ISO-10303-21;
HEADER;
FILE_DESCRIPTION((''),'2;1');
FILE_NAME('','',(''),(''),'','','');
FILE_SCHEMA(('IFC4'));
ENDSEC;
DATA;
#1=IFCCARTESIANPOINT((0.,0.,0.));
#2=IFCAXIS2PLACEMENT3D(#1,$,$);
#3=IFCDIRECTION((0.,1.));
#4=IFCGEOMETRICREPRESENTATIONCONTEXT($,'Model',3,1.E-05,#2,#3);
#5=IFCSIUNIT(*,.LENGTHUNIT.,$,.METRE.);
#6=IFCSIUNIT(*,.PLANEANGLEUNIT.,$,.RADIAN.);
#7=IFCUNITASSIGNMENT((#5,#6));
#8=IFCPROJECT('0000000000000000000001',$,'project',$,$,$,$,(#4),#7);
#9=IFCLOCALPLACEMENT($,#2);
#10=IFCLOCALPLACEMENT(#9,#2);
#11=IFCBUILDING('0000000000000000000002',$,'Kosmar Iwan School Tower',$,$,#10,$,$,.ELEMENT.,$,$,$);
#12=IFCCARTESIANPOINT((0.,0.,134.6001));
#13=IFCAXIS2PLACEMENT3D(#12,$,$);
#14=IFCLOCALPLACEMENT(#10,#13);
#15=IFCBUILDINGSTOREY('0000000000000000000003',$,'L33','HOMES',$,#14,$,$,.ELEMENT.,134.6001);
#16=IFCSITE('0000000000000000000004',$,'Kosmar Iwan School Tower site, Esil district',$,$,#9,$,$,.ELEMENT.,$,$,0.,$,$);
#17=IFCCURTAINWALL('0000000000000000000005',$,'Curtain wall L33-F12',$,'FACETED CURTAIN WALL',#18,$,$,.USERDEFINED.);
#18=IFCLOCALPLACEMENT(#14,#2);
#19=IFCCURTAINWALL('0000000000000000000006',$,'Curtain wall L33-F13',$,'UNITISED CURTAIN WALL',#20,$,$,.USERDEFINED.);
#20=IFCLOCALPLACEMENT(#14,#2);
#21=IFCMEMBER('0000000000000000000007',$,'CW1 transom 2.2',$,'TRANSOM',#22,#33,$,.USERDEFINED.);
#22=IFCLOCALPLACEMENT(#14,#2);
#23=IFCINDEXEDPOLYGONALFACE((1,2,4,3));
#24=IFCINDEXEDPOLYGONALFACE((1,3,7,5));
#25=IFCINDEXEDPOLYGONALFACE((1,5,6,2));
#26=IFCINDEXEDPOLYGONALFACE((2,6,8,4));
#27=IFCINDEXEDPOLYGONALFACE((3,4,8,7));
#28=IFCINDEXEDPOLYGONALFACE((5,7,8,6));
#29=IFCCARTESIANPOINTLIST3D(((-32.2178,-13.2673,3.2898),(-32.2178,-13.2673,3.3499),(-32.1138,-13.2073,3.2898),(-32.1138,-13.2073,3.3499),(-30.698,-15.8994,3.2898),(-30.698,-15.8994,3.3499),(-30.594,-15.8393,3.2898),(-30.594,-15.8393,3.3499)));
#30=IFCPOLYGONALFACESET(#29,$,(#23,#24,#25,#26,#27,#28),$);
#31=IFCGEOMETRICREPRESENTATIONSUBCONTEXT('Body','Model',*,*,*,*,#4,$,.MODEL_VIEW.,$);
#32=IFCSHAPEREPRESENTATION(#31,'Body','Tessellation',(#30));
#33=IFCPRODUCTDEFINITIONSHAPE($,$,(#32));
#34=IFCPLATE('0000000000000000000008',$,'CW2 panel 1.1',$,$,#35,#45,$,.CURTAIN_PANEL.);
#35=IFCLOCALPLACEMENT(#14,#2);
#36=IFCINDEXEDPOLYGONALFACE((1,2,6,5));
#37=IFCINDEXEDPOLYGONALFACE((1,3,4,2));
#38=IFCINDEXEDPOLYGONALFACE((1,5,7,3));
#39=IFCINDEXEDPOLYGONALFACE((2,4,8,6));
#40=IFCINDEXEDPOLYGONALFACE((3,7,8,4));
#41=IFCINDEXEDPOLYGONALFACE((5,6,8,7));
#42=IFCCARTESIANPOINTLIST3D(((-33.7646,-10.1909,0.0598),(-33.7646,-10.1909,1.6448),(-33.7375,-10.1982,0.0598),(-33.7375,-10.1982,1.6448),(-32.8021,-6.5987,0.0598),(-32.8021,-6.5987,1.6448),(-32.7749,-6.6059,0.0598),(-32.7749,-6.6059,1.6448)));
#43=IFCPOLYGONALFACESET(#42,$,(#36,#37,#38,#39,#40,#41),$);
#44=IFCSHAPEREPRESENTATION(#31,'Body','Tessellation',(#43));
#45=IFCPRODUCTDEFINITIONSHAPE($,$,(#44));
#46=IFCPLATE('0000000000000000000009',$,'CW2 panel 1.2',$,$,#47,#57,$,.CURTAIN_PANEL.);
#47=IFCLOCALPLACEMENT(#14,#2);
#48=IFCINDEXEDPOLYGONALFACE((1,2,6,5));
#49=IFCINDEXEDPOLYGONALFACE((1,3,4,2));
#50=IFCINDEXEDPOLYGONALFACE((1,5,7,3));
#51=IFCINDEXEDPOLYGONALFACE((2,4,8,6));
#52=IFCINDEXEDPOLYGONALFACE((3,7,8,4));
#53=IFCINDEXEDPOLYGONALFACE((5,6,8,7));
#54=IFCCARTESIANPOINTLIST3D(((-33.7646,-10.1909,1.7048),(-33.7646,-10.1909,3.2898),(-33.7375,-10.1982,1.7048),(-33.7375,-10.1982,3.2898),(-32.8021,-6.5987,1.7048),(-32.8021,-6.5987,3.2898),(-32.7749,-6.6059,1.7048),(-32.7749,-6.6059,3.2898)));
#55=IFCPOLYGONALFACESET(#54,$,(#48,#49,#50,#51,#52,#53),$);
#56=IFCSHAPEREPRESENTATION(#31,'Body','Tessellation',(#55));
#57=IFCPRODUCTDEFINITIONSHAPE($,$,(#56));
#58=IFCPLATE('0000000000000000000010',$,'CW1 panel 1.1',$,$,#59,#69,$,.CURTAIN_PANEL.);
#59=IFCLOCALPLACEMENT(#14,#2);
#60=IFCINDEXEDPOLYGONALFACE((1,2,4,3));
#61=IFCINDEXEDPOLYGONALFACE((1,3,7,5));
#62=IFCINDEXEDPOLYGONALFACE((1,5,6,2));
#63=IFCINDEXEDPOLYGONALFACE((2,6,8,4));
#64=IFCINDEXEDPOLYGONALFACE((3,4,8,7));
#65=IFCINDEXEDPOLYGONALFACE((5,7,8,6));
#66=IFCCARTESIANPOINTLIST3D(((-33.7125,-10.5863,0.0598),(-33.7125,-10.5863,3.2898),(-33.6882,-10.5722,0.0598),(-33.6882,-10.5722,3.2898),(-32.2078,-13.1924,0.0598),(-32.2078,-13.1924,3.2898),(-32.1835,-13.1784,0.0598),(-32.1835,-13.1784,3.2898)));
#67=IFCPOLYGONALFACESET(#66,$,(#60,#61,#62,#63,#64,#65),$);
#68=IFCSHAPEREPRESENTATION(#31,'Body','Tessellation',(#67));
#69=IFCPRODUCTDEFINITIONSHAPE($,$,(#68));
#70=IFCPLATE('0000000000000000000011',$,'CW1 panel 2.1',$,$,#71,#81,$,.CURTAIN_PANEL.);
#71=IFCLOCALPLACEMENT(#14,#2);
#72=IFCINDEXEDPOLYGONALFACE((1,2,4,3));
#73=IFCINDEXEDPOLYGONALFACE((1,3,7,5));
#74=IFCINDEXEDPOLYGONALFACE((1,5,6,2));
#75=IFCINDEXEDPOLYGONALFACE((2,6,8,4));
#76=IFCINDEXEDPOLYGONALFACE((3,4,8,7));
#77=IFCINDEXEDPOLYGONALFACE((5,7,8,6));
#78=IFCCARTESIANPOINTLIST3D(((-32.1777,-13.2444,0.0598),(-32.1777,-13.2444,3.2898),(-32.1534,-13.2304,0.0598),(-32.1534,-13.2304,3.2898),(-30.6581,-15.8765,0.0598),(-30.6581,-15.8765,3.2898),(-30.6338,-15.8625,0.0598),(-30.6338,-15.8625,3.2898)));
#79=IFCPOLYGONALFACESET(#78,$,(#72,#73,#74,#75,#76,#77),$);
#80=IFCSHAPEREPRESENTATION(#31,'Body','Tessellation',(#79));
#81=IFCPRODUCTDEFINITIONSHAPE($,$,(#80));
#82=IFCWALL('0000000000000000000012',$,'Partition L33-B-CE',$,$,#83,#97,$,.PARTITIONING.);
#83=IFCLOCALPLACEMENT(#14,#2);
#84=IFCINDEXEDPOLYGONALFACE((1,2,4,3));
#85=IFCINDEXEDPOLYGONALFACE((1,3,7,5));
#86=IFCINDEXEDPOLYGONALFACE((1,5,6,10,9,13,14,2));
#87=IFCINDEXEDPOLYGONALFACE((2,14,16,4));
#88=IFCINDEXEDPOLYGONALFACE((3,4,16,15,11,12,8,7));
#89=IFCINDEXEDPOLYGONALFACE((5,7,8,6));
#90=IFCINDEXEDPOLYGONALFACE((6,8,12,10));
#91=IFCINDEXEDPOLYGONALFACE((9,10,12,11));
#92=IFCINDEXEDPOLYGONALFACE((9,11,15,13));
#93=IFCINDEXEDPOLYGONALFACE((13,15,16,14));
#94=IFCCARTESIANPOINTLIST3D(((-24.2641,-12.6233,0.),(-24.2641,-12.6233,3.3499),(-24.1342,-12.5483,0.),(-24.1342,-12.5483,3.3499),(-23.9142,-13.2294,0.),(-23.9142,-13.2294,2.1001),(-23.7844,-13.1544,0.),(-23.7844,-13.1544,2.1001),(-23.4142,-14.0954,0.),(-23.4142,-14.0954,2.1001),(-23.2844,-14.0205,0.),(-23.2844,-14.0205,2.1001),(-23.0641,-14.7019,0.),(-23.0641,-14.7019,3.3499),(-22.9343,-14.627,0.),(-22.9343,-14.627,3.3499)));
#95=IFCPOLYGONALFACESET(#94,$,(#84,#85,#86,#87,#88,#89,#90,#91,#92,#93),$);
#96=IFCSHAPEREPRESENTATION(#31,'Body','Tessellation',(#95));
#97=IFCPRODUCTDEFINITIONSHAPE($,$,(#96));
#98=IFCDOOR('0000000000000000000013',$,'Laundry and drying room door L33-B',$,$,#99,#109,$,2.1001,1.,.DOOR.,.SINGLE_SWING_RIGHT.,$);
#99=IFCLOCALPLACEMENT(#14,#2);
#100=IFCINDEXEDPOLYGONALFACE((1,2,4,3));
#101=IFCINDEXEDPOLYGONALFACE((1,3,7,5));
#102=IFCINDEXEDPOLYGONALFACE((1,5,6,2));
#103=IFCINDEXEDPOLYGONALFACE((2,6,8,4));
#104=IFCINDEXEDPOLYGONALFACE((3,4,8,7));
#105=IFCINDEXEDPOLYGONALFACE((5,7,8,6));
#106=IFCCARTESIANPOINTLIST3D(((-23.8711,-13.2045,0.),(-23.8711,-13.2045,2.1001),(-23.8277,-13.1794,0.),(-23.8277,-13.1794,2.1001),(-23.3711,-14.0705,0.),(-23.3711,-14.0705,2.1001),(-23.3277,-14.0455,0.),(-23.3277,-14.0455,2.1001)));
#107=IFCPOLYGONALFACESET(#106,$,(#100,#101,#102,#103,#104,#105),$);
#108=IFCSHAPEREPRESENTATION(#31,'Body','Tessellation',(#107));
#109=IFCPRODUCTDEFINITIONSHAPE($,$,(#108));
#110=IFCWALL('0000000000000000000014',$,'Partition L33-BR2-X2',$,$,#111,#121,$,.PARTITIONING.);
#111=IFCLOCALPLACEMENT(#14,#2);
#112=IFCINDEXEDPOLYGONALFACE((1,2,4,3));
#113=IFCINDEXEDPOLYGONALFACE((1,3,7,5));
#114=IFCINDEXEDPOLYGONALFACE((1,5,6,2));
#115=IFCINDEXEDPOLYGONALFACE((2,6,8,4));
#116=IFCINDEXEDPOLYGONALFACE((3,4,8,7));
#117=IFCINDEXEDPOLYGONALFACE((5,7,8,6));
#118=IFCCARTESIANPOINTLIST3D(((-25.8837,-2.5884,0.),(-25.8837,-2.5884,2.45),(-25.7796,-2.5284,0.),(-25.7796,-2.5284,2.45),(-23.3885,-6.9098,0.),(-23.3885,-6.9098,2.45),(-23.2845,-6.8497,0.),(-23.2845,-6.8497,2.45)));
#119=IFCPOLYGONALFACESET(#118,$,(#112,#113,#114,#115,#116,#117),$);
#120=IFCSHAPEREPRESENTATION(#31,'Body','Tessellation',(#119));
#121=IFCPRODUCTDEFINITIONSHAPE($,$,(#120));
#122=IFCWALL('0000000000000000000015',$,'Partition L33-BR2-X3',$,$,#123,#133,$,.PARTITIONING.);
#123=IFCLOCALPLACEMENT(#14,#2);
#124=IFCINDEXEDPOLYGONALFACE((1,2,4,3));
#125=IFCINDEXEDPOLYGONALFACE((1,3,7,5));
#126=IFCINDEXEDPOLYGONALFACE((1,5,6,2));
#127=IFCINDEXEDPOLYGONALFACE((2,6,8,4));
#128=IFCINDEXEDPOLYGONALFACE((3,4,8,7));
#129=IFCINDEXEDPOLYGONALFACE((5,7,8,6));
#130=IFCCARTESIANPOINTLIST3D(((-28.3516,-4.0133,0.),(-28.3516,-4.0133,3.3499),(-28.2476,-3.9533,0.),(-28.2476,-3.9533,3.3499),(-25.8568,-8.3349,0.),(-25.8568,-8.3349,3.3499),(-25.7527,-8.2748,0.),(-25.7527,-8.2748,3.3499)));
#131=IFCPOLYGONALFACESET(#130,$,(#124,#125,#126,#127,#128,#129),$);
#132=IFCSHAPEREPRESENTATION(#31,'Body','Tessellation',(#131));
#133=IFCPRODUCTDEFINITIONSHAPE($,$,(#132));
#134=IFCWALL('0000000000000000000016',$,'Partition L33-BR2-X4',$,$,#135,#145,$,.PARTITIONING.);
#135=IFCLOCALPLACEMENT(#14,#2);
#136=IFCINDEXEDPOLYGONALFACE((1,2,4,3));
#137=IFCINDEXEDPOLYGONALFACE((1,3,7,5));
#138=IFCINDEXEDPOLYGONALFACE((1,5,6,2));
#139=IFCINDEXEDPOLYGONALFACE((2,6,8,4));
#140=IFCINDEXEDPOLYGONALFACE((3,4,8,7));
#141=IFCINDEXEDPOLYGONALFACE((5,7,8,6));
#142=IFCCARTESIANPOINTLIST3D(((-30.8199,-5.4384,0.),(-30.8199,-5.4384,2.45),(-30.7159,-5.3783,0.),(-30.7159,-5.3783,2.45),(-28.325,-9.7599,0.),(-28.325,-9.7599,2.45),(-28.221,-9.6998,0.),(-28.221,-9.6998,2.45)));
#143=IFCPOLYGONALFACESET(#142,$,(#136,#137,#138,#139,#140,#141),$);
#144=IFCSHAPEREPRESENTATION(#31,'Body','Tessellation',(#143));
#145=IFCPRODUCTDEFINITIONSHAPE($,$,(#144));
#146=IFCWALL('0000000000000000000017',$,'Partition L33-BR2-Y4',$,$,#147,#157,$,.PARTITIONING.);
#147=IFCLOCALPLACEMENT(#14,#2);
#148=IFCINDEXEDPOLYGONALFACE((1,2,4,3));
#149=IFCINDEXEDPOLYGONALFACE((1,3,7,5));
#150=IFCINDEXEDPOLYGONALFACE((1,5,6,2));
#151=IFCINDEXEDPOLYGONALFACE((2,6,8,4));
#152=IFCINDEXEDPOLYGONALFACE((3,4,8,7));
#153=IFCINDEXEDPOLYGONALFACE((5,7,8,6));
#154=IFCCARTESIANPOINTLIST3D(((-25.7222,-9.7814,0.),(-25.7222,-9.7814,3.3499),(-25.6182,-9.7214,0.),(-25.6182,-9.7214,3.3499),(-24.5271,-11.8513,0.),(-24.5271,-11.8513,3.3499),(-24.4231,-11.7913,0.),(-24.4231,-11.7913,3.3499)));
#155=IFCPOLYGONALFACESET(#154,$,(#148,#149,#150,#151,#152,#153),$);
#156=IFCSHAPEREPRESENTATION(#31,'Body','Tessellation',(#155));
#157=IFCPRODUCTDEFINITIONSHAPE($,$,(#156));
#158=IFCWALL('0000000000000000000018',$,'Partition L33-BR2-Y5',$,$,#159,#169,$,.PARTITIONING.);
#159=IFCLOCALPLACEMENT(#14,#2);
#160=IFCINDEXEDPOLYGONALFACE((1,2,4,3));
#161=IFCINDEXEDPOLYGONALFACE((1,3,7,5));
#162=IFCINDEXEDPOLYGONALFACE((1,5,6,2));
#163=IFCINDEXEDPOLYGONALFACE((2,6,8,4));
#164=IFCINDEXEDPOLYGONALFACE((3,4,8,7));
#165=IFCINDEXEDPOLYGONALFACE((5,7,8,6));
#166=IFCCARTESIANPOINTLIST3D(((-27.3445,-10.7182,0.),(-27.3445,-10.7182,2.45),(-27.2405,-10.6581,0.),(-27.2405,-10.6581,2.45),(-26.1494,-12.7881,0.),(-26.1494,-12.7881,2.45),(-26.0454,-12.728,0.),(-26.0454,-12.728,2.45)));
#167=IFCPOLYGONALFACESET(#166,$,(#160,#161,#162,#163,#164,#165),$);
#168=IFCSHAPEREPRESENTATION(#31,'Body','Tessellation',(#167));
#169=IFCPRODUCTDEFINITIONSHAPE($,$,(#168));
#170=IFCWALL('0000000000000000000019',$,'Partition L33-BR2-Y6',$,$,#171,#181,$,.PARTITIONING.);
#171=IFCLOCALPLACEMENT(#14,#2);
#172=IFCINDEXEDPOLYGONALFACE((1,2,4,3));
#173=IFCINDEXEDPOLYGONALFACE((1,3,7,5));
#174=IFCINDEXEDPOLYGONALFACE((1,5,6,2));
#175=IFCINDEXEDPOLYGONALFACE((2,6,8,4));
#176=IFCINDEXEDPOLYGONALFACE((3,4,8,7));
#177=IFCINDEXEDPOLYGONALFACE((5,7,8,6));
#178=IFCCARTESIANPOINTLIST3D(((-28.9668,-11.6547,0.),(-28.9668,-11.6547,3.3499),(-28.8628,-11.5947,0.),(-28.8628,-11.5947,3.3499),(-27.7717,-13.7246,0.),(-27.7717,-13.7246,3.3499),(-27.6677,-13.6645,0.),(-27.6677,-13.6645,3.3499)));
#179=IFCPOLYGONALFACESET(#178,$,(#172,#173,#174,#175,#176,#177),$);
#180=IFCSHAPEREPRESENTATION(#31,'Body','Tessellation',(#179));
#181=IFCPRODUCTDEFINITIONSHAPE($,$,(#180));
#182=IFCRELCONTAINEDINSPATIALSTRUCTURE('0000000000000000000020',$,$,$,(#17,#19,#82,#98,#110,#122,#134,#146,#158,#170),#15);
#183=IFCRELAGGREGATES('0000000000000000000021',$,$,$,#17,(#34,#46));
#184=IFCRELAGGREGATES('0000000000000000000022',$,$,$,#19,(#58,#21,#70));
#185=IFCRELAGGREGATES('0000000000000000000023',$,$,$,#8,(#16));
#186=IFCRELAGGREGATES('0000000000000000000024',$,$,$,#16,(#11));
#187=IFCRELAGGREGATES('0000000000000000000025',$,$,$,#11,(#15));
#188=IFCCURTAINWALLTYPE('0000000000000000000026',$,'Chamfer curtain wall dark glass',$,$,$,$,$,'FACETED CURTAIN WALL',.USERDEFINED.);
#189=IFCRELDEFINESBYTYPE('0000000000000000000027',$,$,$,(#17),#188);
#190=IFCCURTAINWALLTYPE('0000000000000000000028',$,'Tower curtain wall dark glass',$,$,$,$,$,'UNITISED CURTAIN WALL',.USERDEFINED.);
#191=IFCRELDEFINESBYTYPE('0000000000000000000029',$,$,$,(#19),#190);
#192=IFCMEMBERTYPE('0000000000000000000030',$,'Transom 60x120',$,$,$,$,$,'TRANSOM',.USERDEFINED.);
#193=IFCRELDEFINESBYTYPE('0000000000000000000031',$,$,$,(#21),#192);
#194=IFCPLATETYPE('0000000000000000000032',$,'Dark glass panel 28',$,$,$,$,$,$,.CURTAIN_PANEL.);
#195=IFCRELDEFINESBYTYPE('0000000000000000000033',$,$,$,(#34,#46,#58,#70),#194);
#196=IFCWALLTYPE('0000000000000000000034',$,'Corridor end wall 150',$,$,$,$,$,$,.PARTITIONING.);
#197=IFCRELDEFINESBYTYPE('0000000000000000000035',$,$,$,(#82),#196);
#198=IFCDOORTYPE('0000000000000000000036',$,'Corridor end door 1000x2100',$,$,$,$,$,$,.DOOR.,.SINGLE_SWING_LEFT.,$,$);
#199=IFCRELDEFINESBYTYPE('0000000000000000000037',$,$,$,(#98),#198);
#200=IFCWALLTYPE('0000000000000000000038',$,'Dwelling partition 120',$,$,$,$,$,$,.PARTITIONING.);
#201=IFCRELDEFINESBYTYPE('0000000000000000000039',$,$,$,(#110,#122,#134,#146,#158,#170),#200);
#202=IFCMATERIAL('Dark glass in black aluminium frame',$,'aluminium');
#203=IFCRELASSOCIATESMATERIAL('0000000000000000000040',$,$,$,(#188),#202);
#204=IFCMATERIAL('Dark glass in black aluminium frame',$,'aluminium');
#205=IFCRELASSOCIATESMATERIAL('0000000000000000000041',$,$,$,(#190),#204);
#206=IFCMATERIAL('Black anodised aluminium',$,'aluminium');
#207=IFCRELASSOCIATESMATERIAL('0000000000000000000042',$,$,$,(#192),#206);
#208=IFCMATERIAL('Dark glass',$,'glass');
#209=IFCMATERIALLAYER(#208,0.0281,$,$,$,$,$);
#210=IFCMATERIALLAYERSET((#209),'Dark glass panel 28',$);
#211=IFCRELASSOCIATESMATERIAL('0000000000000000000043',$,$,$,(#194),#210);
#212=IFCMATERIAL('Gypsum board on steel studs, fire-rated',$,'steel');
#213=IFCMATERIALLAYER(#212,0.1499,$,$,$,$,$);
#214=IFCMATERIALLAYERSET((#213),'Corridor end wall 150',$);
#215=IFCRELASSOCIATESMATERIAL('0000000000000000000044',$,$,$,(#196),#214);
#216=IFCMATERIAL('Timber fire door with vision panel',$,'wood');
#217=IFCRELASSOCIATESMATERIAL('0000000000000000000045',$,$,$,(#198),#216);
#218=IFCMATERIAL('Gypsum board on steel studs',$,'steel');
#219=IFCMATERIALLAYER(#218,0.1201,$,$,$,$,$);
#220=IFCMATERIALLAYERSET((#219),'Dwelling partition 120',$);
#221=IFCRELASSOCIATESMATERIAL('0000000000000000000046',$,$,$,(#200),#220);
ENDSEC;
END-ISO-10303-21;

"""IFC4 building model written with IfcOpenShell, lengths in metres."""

from ifc_helpers import new_model, si_unit, direction, frame, frame_2d, origin, origin_2d, place, context, subcontext, project, spatial, rectangle, extrude, material, layer, layer_set, material_profile, profile_set, type_object, element, fill, aggregate, save


model = new_model("IFC4")

# Units and contexts
model_context = context("Model", 3, precision=1e-05, world=origin(), true_north=direction((0.0, 1.0)))
body_context = subcontext(model_context, "Body", "Model", "MODEL_VIEW")
ifc_project = project(units=[si_unit("LENGTHUNIT", "METRE"), si_unit("PLANEANGLEUNIT", "RADIAN")], contexts=[model_context])

# Site, building, storey
site_placement = place(None, origin())
site = spatial("IfcSite", under=ifc_project, at=site_placement, Name="Kosmar Iwan School Tower site, Esil district", CompositionType="ELEMENT", RefElevation=0.0)
building_placement = place(site_placement, origin())
building = spatial("IfcBuilding", under=site, at=building_placement, Name="Kosmar Iwan School Tower", CompositionType="ELEMENT")
storey_placement = place(building_placement, frame((0.0, 0.0, 134.6001)))
storey = spatial("IfcBuildingStorey", under=building, at=storey_placement, Name="L33", Description="HOMES", CompositionType="ELEMENT", Elevation=134.6001)

# Curtain wall
ifc_material_1 = material(Name="Dark glass in black aluminium frame", Category="aluminium")
curtain_wall_type_1 = type_object("IfcCurtainWallType", Name="Chamfer curtain wall dark glass", ElementType="FACETED CURTAIN WALL", PredefinedType="USERDEFINED", material=ifc_material_1)
curtain_wall_1_placement = place(storey_placement, origin())
curtain_wall_1 = element("IfcCurtainWall", 1, at=curtain_wall_1_placement, inside=storey, type_object=curtain_wall_type_1, Name="Curtain wall L33-F12", ObjectType="FACETED CURTAIN WALL", PredefinedType="USERDEFINED")

# Curtain wall
ifc_material_2 = material(Name="Dark glass in black aluminium frame", Category="aluminium")
curtain_wall_type_2 = type_object("IfcCurtainWallType", Name="Tower curtain wall dark glass", ElementType="UNITISED CURTAIN WALL", PredefinedType="USERDEFINED", material=ifc_material_2)
curtain_wall_2_placement = place(storey_placement, origin())
curtain_wall_2 = element("IfcCurtainWall", 2, at=curtain_wall_2_placement, inside=storey, type_object=curtain_wall_type_2, Name="Curtain wall L33-F13", ObjectType="UNITISED CURTAIN WALL", PredefinedType="USERDEFINED")

# Member
ifc_material_3 = material(Name="Black anodised aluminium", Category="aluminium")
ifc_material_profile_1 = material_profile(ifc_material_3, rectangle(XDim=0.1201, YDim=0.0601, at=origin_2d()), Name="TRANSOM 60x120")
ifc_profile_set_1 = profile_set([ifc_material_profile_1], Name="Black anodised aluminium")
member_type_1 = type_object("IfcMemberType", Name="Transom 60x120", ElementType="TRANSOM", PredefinedType="USERDEFINED", material=ifc_profile_set_1)
member_1_placement = place(storey_placement, frame((-32.1658, -13.2373, 3.3198), z_axis=(0.500035, -0.866005, 0.0), x_axis=(0.866005, 0.500035, 0.0)))
member_1 = element("IfcMember", 3, at=member_1_placement, type_object=member_type_1, Name="CW1 transom 2.2", ObjectType="TRANSOM", PredefinedType="USERDEFINED", context=body_context, shape_type="SweptSolid", body=[
    extrude(rectangle(XDim=0.1201, YDim=0.0601, at=origin_2d()), origin(), (0.0, 0.0, 1.0), 3.0393),
])

# Plates
ifc_material_4 = material(Name="Dark glass", Category="glass")
ifc_layer_1 = layer(ifc_material_4, 0.0281)
ifc_layer_set_1 = layer_set([ifc_layer_1], Name="Dark glass panel 28")
plate_type = type_object("IfcPlateType", Name="Dark glass panel 28", PredefinedType="CURTAIN_PANEL", material=ifc_layer_set_1)
plate_1_placement = place(storey_placement, frame((-33.2698, -8.3984, 0.0598), z_axis=(0.0, 0.0, 1.0), x_axis=(-0.258819, -0.965926, 0.0)))
plate_1 = element("IfcPlate", 4, at=plate_1_placement, type_object=plate_type, Name="CW2 panel 1.1", PredefinedType="CURTAIN_PANEL", context=body_context, shape_type="SweptSolid", body=[
    extrude(rectangle(XDim=3.719, YDim=0.0281, at=origin_2d()), origin(), (0.0, 0.0, 1.0), 1.585),
])
plate_2_placement = place(storey_placement, frame((-33.2698, -8.3984, 1.7048), z_axis=(0.0, 0.0, 1.0), x_axis=(-0.258819, -0.965926, 0.0)))
plate_2 = element("IfcPlate", 5, at=plate_2_placement, type_object=plate_type, Name="CW2 panel 1.2", PredefinedType="CURTAIN_PANEL", context=body_context, shape_type="SweptSolid", body=[
    extrude(rectangle(XDim=3.719, YDim=0.0281, at=origin_2d()), origin(), (0.0, 0.0, 1.0), 1.585),
])
aggregate(curtain_wall_1, [plate_1, plate_2])
plate_3_placement = place(storey_placement, frame((-32.948, -11.8823, 0.0598), z_axis=(0.0, 0.0, 1.0), x_axis=(0.5, -0.866025, 0.0)))
plate_3 = element("IfcPlate", 6, at=plate_3_placement, type_object=plate_type, Name="CW1 panel 1.1", PredefinedType="CURTAIN_PANEL", context=body_context, shape_type="SweptSolid", body=[
    extrude(rectangle(XDim=3.0093, YDim=0.0281, at=origin_2d()), origin(), (0.0, 0.0, 1.0), 3.23),
])
plate_4_placement = place(storey_placement, frame((-31.4058, -14.5535, 0.0598), z_axis=(0.0, 0.0, 1.0), x_axis=(0.5, -0.866025, 0.0)))
plate_4 = element("IfcPlate", 7, at=plate_4_placement, type_object=plate_type, Name="CW1 panel 2.1", PredefinedType="CURTAIN_PANEL", context=body_context, shape_type="SweptSolid", body=[
    extrude(rectangle(XDim=3.0393, YDim=0.0281, at=origin_2d()), origin(), (0.0, 0.0, 1.0), 3.23),
])
aggregate(curtain_wall_2, [plate_3, member_1, plate_4])

# Wall, opening, door
ifc_material_5 = material(Name="Gypsum board on steel studs, fire-rated", Category="steel")
ifc_layer_2 = layer(ifc_material_5, 0.1499)
ifc_layer_set_2 = layer_set([ifc_layer_2], Name="Corridor end wall 150")
wall_type_1 = type_object("IfcWallType", Name="Corridor end wall 150", PredefinedType="PARTITIONING", material=ifc_layer_set_2)
wall_1_placement = place(storey_placement, frame((-24.1992, -12.5857, 0.0), z_axis=(0.0, 0.0, 1.0), x_axis=(0.499957, -0.86605, 0.0)))
wall_1 = element("IfcWall", 8, at=wall_1_placement, inside=storey, type_object=wall_type_1, Name="Partition L33-B-CE", PredefinedType="PARTITIONING", context=body_context, shape_type="SweptSolid", body=[
    extrude(rectangle(XDim=2.4001, YDim=0.1499, at=frame_2d((1.2002, 0.0))), origin(), (0.0, 0.0, 1.0), 3.3499),
])
opening_placement = place(wall_1_placement, frame((0.7, 0.0, 0.0)))
opening = element("IfcOpeningElement", 9, at=opening_placement, cuts=wall_1, PredefinedType="OPENING", context=body_context, shape_type="SweptSolid", body=[
    extrude(rectangle(XDim=1.0, YDim=2.1001, at=frame_2d((0.5, 1.05))), frame((0.0, 0.0869, 0.0), z_axis=(0.0, -1.0, 0.0), x_axis=(1.0, 0.0, 0.0)), (0.0, 0.0, 1.0), 0.1738),
])
ifc_material_6 = material(Name="Timber fire door with vision panel", Category="wood")
door_type = type_object("IfcDoorType", Name="Corridor end door 1000x2100", OperationType="SINGLE_SWING_LEFT", PredefinedType="DOOR", material=ifc_material_6)
door_placement = place(opening_placement, origin())
door = element("IfcDoor", 10, at=door_placement, inside=storey, type_object=door_type, Name="Laundry and drying room door L33-B", OperationType="SINGLE_SWING_RIGHT", OverallHeight=2.1001, OverallWidth=1.0, PredefinedType="DOOR", context=body_context, shape_type="SweptSolid", body=[
    extrude(rectangle(XDim=1.0, YDim=2.1001, at=frame_2d((0.5, 1.05))), frame((0.0, 0.0249, 0.0), z_axis=(0.0, -1.0, 0.0), x_axis=(1.0, 0.0, 0.0)), (0.0, 0.0, 1.0), 0.05),
])
fill(opening, door)

# Walls
ifc_material_7 = material(Name="Gypsum board on steel studs", Category="steel")
ifc_layer_3 = layer(ifc_material_7, 0.1201)
ifc_layer_set_3 = layer_set([ifc_layer_3], Name="Dwelling partition 120")
wall_type_2 = type_object("IfcWallType", Name="Dwelling partition 120", PredefinedType="PARTITIONING", material=ifc_layer_set_3)
wall_2_placement = place(storey_placement, frame((-23.3364, -6.8799, 0.0), z_axis=(0.0, 0.0, 1.0), x_axis=(-0.500033, 0.866006, 0.0)))
element("IfcWall", 11, at=wall_2_placement, inside=storey, type_object=wall_type_2, Name="Partition L33-BR2-X2", PredefinedType="PARTITIONING", context=body_context, shape_type="SweptSolid", body=[
    extrude(rectangle(XDim=4.99, YDim=0.1201, at=frame_2d((2.4951, 0.0))), origin(), (0.0, 0.0, 1.0), 2.45),
])
wall_3_placement = place(storey_placement, frame((-25.8047, -8.3049, 0.0), z_axis=(0.0, 0.0, 1.0), x_axis=(-0.499975, 0.86604, 0.0)))
element("IfcWall", 12, at=wall_3_placement, inside=storey, type_object=wall_type_2, Name="Partition L33-BR2-X3", PredefinedType="PARTITIONING", context=body_context, shape_type="SweptSolid", body=[
    extrude(rectangle(XDim=4.99, YDim=0.1201, at=frame_2d((2.4951, 0.0))), origin(), (0.0, 0.0, 1.0), 3.3499),
])
wall_4_placement = place(storey_placement, frame((-28.2729, -9.73, 0.0), z_axis=(0.0, 0.0, 1.0), x_axis=(-0.499975, 0.86604, 0.0)))
element("IfcWall", 13, at=wall_4_placement, inside=storey, type_object=wall_type_2, Name="Partition L33-BR2-X4", PredefinedType="PARTITIONING", context=body_context, shape_type="SweptSolid", body=[
    extrude(rectangle(XDim=4.99, YDim=0.1201, at=frame_2d((2.4951, 0.0))), origin(), (0.0, 0.0, 1.0), 2.45),
])
wall_5_placement = place(storey_placement, frame((-24.4751, -11.8213, 0.0), z_axis=(0.0, 0.0, 1.0), x_axis=(-0.500017, 0.866015, 0.0)))
element("IfcWall", 14, at=wall_5_placement, inside=storey, type_object=wall_type_2, Name="Partition L33-BR2-Y4", PredefinedType="PARTITIONING", context=body_context, shape_type="SweptSolid", body=[
    extrude(rectangle(XDim=2.3901, YDim=0.1201, at=frame_2d((1.1951, 0.0))), origin(), (0.0, 0.0, 1.0), 3.3499),
])
wall_6_placement = place(storey_placement, frame((-26.0974, -12.7581, 0.0), z_axis=(0.0, 0.0, 1.0), x_axis=(-0.500017, 0.866015, 0.0)))
element("IfcWall", 15, at=wall_6_placement, inside=storey, type_object=wall_type_2, Name="Partition L33-BR2-Y5", PredefinedType="PARTITIONING", context=body_context, shape_type="SweptSolid", body=[
    extrude(rectangle(XDim=2.3901, YDim=0.1201, at=frame_2d((1.1951, 0.0))), origin(), (0.0, 0.0, 1.0), 2.45),
])
wall_7_placement = place(storey_placement, frame((-27.7197, -13.6946, 0.0), z_axis=(0.0, 0.0, 1.0), x_axis=(-0.500017, 0.866015, 0.0)))
element("IfcWall", 16, at=wall_7_placement, inside=storey, type_object=wall_type_2, Name="Partition L33-BR2-Y6", PredefinedType="PARTITIONING", context=body_context, shape_type="SweptSolid", body=[
    extrude(rectangle(XDim=2.3901, YDim=0.1201, at=frame_2d((1.1951, 0.0))), origin(), (0.0, 0.0, 1.0), 3.3499),
])

save(model, "model.ifc")
